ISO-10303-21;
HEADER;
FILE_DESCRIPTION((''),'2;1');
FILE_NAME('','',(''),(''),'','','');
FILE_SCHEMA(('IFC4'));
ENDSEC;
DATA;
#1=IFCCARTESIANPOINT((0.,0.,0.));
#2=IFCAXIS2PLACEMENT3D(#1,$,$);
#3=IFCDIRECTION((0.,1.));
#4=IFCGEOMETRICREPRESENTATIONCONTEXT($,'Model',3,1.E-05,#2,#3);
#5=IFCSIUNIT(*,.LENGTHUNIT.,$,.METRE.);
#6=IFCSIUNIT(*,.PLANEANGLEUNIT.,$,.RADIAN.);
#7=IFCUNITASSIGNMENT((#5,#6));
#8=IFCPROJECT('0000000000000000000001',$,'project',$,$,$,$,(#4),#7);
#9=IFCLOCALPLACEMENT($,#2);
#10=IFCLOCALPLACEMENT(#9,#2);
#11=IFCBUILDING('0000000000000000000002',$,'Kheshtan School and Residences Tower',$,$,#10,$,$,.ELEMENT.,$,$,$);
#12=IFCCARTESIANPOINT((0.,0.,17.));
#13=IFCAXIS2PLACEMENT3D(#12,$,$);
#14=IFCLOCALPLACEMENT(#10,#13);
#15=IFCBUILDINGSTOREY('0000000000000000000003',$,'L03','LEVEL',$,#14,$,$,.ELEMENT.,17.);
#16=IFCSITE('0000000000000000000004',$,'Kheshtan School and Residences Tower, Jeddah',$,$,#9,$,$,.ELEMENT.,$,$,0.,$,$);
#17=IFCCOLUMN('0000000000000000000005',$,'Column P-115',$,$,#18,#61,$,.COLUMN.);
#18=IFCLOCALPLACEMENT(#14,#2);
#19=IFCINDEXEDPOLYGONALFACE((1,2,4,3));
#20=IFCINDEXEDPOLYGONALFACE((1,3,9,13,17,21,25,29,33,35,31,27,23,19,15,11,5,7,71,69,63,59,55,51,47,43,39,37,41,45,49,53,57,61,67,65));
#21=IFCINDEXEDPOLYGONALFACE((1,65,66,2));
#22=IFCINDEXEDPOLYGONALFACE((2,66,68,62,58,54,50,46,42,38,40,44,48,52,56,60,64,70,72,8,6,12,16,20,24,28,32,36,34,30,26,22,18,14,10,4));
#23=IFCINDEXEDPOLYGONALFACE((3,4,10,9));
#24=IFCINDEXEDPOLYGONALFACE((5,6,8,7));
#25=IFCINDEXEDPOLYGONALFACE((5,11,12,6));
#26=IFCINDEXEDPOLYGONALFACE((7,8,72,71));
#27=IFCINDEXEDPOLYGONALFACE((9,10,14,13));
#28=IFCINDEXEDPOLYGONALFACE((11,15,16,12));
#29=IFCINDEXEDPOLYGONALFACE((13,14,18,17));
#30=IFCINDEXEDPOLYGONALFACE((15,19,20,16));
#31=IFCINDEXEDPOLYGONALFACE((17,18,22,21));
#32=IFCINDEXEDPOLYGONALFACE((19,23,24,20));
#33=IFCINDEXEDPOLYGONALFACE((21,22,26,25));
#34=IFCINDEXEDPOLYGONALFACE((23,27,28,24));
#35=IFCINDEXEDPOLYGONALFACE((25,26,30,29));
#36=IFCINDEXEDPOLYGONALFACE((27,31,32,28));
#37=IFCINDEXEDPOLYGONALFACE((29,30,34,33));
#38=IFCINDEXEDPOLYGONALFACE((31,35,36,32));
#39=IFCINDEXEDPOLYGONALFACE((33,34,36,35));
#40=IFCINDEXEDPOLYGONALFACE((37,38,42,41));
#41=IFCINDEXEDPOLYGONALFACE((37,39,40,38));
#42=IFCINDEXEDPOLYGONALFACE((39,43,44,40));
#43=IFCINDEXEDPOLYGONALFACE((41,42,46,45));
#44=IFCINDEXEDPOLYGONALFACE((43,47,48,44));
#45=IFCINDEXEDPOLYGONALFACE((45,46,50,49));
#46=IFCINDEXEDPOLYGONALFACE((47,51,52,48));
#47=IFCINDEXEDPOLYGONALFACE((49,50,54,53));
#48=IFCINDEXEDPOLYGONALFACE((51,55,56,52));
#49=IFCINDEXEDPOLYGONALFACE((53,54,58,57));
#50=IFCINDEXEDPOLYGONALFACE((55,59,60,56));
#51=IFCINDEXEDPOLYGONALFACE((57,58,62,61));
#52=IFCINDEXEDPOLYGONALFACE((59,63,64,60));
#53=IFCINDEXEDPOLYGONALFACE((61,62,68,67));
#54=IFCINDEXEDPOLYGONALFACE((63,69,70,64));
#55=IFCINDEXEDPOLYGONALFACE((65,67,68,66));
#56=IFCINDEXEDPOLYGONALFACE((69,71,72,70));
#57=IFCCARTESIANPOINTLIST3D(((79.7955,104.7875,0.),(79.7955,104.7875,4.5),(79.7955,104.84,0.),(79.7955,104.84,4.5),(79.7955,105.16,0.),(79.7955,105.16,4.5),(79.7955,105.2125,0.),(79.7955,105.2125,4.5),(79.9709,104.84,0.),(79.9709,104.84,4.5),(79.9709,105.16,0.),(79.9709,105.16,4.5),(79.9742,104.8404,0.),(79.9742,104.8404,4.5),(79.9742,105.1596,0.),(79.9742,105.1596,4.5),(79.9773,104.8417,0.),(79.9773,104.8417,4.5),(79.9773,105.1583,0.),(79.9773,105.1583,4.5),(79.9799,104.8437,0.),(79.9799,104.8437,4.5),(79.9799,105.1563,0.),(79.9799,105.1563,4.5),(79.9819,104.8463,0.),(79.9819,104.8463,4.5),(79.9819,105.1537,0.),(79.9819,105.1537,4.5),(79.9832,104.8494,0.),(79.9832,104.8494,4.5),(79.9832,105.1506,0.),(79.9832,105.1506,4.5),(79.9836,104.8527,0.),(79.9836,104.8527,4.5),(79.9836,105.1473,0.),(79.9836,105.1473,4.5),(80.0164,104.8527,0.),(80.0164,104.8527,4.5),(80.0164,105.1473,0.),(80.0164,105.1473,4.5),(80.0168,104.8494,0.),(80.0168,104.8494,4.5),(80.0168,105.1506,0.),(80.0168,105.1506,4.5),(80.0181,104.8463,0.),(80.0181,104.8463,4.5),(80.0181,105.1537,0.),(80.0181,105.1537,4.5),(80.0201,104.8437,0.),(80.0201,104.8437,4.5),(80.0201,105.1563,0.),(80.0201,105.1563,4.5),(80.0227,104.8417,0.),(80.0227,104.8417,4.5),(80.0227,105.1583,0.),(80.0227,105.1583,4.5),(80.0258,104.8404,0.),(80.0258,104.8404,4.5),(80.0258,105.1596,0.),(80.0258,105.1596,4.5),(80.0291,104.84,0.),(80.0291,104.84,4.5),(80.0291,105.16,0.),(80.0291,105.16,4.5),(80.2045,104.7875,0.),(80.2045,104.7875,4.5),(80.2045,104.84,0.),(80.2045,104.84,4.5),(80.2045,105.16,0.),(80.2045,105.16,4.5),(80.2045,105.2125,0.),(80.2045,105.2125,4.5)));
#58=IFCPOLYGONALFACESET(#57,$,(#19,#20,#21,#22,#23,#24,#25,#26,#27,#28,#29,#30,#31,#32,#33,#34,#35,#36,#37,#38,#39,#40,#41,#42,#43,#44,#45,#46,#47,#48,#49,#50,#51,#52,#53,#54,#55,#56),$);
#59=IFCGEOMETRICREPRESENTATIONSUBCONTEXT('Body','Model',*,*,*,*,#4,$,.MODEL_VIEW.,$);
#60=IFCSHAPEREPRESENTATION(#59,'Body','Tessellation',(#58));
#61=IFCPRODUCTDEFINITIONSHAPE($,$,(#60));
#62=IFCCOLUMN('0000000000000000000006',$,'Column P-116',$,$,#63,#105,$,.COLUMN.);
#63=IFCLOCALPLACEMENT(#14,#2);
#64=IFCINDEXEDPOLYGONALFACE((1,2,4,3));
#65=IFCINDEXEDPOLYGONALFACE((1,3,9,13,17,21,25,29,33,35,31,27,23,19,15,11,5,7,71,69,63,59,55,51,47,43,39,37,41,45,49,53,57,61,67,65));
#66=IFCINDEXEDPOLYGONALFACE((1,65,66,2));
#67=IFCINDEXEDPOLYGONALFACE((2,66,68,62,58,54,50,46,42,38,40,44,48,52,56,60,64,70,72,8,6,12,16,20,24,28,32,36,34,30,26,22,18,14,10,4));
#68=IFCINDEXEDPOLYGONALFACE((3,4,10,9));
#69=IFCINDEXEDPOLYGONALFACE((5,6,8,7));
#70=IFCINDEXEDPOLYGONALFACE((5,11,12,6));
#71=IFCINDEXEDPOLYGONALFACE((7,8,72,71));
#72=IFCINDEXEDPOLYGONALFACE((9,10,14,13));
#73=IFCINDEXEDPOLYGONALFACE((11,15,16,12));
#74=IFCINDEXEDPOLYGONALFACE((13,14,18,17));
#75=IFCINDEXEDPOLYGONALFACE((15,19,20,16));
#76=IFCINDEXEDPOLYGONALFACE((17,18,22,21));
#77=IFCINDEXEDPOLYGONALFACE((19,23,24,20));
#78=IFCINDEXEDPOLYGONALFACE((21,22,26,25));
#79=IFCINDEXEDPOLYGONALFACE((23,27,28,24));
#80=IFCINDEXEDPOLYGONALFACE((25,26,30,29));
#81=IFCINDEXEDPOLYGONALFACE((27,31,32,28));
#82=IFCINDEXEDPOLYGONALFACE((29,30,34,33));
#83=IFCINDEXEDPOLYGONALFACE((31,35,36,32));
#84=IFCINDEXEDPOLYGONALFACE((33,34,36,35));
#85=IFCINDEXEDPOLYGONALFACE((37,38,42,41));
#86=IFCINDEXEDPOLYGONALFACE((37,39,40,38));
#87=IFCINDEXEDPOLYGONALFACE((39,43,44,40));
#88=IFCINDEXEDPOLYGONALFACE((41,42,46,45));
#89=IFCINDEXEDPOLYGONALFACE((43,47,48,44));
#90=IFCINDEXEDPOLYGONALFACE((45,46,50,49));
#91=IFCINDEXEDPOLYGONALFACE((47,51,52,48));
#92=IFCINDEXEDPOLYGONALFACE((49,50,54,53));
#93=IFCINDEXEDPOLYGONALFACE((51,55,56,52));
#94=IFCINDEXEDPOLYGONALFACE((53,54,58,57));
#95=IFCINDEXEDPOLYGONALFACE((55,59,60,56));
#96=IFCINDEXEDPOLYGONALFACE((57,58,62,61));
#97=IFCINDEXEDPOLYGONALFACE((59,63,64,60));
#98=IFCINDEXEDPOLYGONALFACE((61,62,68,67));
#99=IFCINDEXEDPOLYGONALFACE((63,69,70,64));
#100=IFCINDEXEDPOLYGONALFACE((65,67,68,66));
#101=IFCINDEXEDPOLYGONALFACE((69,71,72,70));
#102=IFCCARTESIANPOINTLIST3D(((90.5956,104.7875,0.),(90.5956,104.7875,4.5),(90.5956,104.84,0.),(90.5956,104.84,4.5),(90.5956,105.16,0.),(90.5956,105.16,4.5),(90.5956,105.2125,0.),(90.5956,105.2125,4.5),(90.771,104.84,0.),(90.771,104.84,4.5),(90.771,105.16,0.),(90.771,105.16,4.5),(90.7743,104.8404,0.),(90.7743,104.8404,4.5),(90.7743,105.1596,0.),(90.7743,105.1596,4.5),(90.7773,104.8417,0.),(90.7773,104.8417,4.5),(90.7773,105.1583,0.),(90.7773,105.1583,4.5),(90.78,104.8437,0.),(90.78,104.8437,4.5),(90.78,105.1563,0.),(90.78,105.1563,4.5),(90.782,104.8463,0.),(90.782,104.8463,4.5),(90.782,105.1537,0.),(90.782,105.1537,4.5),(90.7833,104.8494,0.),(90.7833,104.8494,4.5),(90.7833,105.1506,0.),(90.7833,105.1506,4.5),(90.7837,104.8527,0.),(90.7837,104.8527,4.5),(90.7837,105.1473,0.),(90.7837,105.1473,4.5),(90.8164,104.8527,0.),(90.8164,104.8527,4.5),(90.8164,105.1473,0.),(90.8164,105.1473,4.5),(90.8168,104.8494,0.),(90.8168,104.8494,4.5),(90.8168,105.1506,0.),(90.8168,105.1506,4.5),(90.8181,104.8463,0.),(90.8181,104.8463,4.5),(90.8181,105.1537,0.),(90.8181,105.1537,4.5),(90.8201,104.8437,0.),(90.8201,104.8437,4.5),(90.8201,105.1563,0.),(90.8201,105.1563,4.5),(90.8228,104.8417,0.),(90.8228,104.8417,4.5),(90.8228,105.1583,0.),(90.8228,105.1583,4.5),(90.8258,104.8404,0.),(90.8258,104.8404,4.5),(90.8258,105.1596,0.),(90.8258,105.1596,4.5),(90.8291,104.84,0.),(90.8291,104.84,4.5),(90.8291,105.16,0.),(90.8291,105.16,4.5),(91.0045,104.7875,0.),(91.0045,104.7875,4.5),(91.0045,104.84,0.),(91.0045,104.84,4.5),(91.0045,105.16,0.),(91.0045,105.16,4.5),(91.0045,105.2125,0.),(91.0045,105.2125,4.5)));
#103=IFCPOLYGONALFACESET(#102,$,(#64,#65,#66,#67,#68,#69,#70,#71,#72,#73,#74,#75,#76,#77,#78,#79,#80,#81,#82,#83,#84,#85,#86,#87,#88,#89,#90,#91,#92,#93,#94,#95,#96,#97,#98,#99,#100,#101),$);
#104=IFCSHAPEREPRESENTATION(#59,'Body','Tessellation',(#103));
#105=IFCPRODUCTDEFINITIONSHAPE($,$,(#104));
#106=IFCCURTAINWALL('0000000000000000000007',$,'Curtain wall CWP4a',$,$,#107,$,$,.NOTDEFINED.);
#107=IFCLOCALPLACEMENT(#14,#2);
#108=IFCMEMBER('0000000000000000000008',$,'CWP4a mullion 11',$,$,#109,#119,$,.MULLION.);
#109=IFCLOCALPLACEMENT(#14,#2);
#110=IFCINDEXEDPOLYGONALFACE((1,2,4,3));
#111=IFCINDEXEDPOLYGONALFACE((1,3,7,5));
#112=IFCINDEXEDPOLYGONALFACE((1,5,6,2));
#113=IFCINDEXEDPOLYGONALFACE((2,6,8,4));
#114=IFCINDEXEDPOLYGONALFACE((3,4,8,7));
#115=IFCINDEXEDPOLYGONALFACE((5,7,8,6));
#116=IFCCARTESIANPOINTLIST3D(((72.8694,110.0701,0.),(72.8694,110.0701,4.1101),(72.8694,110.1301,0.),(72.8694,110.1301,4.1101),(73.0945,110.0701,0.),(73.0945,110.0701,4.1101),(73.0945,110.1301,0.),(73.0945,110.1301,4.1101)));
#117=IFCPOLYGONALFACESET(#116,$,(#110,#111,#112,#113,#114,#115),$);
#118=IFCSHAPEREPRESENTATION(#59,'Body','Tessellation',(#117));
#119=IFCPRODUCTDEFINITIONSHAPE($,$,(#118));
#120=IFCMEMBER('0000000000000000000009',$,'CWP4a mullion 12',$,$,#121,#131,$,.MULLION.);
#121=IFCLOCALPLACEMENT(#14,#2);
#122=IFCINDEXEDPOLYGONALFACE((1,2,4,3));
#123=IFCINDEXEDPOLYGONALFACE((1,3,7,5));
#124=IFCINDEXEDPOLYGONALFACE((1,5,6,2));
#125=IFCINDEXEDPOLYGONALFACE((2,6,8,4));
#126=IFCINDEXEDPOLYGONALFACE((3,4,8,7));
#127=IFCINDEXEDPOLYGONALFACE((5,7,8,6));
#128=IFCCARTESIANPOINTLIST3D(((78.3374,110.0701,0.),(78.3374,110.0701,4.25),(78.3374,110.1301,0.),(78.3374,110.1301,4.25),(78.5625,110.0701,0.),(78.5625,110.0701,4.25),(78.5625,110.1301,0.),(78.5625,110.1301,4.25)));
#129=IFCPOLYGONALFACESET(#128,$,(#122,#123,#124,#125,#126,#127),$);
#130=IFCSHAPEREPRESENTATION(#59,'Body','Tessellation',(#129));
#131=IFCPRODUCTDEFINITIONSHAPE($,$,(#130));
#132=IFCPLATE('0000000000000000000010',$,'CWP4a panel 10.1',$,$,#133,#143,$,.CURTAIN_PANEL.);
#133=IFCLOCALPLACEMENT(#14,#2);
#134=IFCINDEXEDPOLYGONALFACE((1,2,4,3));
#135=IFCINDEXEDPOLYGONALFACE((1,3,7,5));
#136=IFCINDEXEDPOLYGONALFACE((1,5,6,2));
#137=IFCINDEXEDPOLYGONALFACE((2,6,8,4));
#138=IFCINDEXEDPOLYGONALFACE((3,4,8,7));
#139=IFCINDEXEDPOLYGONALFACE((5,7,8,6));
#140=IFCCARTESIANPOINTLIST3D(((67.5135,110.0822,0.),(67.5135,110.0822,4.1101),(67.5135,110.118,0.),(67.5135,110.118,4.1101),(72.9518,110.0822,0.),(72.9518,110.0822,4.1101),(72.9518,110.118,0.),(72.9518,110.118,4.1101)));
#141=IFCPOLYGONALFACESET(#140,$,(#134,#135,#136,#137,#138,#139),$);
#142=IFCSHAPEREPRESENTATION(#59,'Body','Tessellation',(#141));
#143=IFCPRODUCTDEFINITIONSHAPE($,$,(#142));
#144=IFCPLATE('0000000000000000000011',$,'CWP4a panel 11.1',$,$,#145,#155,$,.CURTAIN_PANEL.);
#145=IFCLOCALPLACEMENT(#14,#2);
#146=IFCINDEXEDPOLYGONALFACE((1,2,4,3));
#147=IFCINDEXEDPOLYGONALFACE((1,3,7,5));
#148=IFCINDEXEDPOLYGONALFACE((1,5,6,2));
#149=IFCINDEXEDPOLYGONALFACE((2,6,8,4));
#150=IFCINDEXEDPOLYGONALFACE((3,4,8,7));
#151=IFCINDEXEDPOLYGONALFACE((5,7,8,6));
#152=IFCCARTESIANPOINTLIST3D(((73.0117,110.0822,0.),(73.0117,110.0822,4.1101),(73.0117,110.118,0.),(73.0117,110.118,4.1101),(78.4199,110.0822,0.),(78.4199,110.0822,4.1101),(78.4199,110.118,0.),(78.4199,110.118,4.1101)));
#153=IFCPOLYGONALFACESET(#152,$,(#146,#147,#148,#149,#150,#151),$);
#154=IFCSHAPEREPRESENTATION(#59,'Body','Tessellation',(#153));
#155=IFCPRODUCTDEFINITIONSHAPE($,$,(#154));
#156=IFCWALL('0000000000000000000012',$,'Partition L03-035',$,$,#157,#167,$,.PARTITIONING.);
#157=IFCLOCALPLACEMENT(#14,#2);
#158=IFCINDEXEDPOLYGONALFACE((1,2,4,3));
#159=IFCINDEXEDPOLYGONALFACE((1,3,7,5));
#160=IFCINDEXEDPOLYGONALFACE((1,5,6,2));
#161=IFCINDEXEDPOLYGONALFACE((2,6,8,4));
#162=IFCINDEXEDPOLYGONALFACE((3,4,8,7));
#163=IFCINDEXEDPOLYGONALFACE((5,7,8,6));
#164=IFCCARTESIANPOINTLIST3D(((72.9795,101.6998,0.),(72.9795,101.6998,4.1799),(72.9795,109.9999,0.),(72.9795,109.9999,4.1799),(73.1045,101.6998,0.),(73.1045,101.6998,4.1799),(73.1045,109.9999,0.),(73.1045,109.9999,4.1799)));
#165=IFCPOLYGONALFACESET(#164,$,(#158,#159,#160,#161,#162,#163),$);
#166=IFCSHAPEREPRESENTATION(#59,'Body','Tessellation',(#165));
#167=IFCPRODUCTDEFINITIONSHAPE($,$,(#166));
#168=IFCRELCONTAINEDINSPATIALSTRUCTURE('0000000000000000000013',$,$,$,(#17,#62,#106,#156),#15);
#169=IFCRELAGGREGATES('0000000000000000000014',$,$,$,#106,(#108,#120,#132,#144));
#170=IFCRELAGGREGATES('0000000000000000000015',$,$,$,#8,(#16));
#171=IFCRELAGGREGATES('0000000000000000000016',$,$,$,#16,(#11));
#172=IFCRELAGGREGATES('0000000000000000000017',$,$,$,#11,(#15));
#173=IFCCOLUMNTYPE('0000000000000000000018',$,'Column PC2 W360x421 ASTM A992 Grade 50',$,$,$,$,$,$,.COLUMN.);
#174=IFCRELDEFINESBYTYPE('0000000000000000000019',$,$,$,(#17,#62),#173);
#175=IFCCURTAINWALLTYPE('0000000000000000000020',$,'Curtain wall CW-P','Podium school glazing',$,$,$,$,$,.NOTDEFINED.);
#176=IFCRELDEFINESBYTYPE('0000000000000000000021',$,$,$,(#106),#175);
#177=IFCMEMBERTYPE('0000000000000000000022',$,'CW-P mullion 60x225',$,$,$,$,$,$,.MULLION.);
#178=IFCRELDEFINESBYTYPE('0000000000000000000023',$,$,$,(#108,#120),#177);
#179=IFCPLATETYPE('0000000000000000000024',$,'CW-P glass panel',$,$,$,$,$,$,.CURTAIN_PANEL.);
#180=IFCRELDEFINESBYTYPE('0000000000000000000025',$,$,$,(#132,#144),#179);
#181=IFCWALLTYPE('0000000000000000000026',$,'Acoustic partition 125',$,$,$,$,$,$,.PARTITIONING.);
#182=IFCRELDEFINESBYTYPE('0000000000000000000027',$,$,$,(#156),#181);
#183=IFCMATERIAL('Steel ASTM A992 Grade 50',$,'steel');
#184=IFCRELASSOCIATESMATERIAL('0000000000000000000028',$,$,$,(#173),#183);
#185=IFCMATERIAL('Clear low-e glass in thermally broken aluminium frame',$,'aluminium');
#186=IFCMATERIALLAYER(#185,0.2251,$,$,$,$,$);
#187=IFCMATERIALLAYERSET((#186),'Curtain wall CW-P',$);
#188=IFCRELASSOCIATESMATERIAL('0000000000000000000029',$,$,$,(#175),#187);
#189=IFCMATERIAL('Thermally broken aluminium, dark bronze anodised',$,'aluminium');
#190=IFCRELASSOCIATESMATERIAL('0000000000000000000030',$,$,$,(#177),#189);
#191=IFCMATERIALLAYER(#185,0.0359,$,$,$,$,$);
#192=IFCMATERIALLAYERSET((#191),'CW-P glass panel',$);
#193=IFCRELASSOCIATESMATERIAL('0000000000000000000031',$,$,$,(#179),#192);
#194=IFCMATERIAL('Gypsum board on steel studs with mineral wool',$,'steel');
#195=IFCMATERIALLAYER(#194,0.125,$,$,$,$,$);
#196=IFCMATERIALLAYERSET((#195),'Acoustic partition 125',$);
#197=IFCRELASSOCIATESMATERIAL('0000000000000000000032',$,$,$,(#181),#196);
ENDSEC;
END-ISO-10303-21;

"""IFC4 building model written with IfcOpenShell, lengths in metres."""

from ifc_helpers import new_model, si_unit, direction, frame, frame_2d, origin, origin_2d, place, context, subcontext, project, spatial, rectangle, i_section, extrude, material, layer, layer_set, material_profile, profile_set, type_object, element, aggregate, save


model = new_model("IFC4")

# Units and contexts
model_context = context("Model", 3, precision=1e-05, world=origin(), true_north=direction((0.0, 1.0)))
body_context = subcontext(model_context, "Body", "Model", "MODEL_VIEW")
ifc_project = project(units=[si_unit("LENGTHUNIT", "METRE"), si_unit("PLANEANGLEUNIT", "RADIAN")], contexts=[model_context])

# Site, building, storey
site_placement = place(None, origin())
site = spatial("IfcSite", under=ifc_project, at=site_placement, Name="Kheshtan School and Residences Tower, Jeddah", CompositionType="ELEMENT", RefElevation=0.0)
building_placement = place(site_placement, origin())
building = spatial("IfcBuilding", under=site, at=building_placement, Name="Kheshtan School and Residences Tower", CompositionType="ELEMENT")
storey_placement = place(building_placement, frame((0.0, 0.0, 17.0)))
storey = spatial("IfcBuildingStorey", under=building, at=storey_placement, Name="L03", Description="LEVEL", CompositionType="ELEMENT", Elevation=17.0)

# Columns
ifc_material_1 = material(Name="Steel ASTM A992 Grade 50", Category="steel")
ifc_material_profile_1 = material_profile(ifc_material_1, i_section(OverallWidth=0.4089, OverallDepth=0.425, WebThickness=0.0327, FlangeThickness=0.0525, FilletRadius=0.0127, at=origin_2d()), Name="W360x421")
ifc_profile_set_1 = profile_set([ifc_material_profile_1], Name="Steel ASTM A992 Grade 50")
column_type = type_object("IfcColumnType", Name="Column PC2 W360x421 ASTM A992 Grade 50", PredefinedType="COLUMN", material=ifc_profile_set_1)
for number, where, z_axis, x_axis, name in (
    (1, (80.0, 105.0, 0.0), (0.0, 0.0, 1.0), (1.0, 0.0, 0.0), "Column P-115"),
    (2, (90.8, 105.0, 0.0), (0.0, 0.0, 1.0), (1.0, 0.0, 0.0), "Column P-116"),
):
    element("IfcColumn", number, at=place(storey_placement, frame(where, z_axis=z_axis, x_axis=x_axis)), inside=storey, type_object=column_type, Name=name, PredefinedType="COLUMN", context=body_context, shape_type="SweptSolid", body=[
        extrude(i_section(OverallWidth=0.4089, OverallDepth=0.425, WebThickness=0.0327, FlangeThickness=0.0525, FilletRadius=0.0127, at=origin_2d()), origin(), (0.0, 0.0, 1.0), 4.5),
    ])

# Curtain wall, members, plates
ifc_material_2 = material(Name="Clear low-e glass in thermally broken aluminium frame", Category="aluminium")
ifc_layer_1 = layer(ifc_material_2, 0.2251)
ifc_layer_set_1 = layer_set([ifc_layer_1], Name="Curtain wall CW-P")
curtain_wall_type = type_object("IfcCurtainWallType", Name="Curtain wall CW-P", Description="Podium school glazing", PredefinedType="NOTDEFINED", material=ifc_layer_set_1)
curtain_wall_placement = place(storey_placement, origin())
curtain_wall = element("IfcCurtainWall", 3, at=curtain_wall_placement, inside=storey, type_object=curtain_wall_type, Name="Curtain wall CWP4a", PredefinedType="NOTDEFINED")
ifc_material_3 = material(Name="Thermally broken aluminium, dark bronze anodised", Category="aluminium")
ifc_material_profile_2 = material_profile(ifc_material_3, rectangle(XDim=0.0601, YDim=0.2251, at=origin_2d()), Name="CW-P mullion 60x225")
ifc_profile_set_2 = profile_set([ifc_material_profile_2], Name="Thermally broken aluminium, dark bronze anodised")
member_type = type_object("IfcMemberType", Name="CW-P mullion 60x225", PredefinedType="MULLION", material=ifc_profile_set_2)
member_1_placement = place(storey_placement, frame((72.9819, 110.1001, 0.0), z_axis=(0.0, 0.0, 1.0), x_axis=(0.0, 1.0, 0.0)))
member_1 = element("IfcMember", 4, at=member_1_placement, type_object=member_type, Name="CWP4a mullion 11", PredefinedType="MULLION", context=body_context, shape_type="SweptSolid", body=[
    extrude(rectangle(XDim=0.0601, YDim=0.2251, at=origin_2d()), origin(), (0.0, 0.0, 1.0), 4.1101),
])
member_2_placement = place(storey_placement, frame((78.45, 110.1001, 0.0), z_axis=(0.0, 0.0, 1.0), x_axis=(0.0, 1.0, 0.0)))
member_2 = element("IfcMember", 5, at=member_2_placement, type_object=member_type, Name="CWP4a mullion 12", PredefinedType="MULLION", context=body_context, shape_type="SweptSolid", body=[
    extrude(rectangle(XDim=0.0601, YDim=0.2251, at=origin_2d()), origin(), (0.0, 0.0, 1.0), 4.25),
])
ifc_layer_2 = layer(ifc_material_2, 0.0359)
ifc_layer_set_2 = layer_set([ifc_layer_2], Name="CW-P glass panel")
plate_type = type_object("IfcPlateType", Name="CW-P glass panel", PredefinedType="CURTAIN_PANEL", material=ifc_layer_set_2)
plate_1_placement = place(storey_placement, frame((70.2327, 110.1001, 0.0), z_axis=(0.0, 0.0, 1.0), x_axis=(1.0, 0.0, 0.0)))
plate_1 = element("IfcPlate", 6, at=plate_1_placement, type_object=plate_type, Name="CWP4a panel 10.1", PredefinedType="CURTAIN_PANEL", context=body_context, shape_type="SweptSolid", body=[
    extrude(rectangle(XDim=5.4382, YDim=0.0359, at=origin_2d()), origin(), (0.0, 0.0, 1.0), 4.1101),
])
plate_2_placement = place(storey_placement, frame((75.7158, 110.1001, 0.0), z_axis=(0.0, 0.0, 1.0), x_axis=(1.0, 0.0, 0.0)))
plate_2 = element("IfcPlate", 7, at=plate_2_placement, type_object=plate_type, Name="CWP4a panel 11.1", PredefinedType="CURTAIN_PANEL", context=body_context, shape_type="SweptSolid", body=[
    extrude(rectangle(XDim=5.4082, YDim=0.0359, at=origin_2d()), origin(), (0.0, 0.0, 1.0), 4.1101),
])
aggregate(curtain_wall, [member_1, member_2, plate_1, plate_2])

# Wall
ifc_material_4 = material(Name="Gypsum board on steel studs with mineral wool", Category="steel")
ifc_layer_3 = layer(ifc_material_4, 0.125)
ifc_layer_set_3 = layer_set([ifc_layer_3], Name="Acoustic partition 125")
wall_type_1 = type_object("IfcWallType", Name="Acoustic partition 125", PredefinedType="PARTITIONING", material=ifc_layer_set_3)
wall_1_placement = place(storey_placement, frame((73.042, 101.7, 0.0), z_axis=(0.0, 0.0, 1.0), x_axis=(0.0, 1.0, 0.0)))
element("IfcWall", 8, at=wall_1_placement, inside=storey, type_object=wall_type_1, Name="Partition L03-035", PredefinedType="PARTITIONING", context=body_context, shape_type="SweptSolid", body=[
    extrude(rectangle(XDim=8.3, YDim=0.125, at=frame_2d((4.1499, 0.0))), origin(), (0.0, 0.0, 1.0), 4.1799),
])

save(model, "model.ifc")
